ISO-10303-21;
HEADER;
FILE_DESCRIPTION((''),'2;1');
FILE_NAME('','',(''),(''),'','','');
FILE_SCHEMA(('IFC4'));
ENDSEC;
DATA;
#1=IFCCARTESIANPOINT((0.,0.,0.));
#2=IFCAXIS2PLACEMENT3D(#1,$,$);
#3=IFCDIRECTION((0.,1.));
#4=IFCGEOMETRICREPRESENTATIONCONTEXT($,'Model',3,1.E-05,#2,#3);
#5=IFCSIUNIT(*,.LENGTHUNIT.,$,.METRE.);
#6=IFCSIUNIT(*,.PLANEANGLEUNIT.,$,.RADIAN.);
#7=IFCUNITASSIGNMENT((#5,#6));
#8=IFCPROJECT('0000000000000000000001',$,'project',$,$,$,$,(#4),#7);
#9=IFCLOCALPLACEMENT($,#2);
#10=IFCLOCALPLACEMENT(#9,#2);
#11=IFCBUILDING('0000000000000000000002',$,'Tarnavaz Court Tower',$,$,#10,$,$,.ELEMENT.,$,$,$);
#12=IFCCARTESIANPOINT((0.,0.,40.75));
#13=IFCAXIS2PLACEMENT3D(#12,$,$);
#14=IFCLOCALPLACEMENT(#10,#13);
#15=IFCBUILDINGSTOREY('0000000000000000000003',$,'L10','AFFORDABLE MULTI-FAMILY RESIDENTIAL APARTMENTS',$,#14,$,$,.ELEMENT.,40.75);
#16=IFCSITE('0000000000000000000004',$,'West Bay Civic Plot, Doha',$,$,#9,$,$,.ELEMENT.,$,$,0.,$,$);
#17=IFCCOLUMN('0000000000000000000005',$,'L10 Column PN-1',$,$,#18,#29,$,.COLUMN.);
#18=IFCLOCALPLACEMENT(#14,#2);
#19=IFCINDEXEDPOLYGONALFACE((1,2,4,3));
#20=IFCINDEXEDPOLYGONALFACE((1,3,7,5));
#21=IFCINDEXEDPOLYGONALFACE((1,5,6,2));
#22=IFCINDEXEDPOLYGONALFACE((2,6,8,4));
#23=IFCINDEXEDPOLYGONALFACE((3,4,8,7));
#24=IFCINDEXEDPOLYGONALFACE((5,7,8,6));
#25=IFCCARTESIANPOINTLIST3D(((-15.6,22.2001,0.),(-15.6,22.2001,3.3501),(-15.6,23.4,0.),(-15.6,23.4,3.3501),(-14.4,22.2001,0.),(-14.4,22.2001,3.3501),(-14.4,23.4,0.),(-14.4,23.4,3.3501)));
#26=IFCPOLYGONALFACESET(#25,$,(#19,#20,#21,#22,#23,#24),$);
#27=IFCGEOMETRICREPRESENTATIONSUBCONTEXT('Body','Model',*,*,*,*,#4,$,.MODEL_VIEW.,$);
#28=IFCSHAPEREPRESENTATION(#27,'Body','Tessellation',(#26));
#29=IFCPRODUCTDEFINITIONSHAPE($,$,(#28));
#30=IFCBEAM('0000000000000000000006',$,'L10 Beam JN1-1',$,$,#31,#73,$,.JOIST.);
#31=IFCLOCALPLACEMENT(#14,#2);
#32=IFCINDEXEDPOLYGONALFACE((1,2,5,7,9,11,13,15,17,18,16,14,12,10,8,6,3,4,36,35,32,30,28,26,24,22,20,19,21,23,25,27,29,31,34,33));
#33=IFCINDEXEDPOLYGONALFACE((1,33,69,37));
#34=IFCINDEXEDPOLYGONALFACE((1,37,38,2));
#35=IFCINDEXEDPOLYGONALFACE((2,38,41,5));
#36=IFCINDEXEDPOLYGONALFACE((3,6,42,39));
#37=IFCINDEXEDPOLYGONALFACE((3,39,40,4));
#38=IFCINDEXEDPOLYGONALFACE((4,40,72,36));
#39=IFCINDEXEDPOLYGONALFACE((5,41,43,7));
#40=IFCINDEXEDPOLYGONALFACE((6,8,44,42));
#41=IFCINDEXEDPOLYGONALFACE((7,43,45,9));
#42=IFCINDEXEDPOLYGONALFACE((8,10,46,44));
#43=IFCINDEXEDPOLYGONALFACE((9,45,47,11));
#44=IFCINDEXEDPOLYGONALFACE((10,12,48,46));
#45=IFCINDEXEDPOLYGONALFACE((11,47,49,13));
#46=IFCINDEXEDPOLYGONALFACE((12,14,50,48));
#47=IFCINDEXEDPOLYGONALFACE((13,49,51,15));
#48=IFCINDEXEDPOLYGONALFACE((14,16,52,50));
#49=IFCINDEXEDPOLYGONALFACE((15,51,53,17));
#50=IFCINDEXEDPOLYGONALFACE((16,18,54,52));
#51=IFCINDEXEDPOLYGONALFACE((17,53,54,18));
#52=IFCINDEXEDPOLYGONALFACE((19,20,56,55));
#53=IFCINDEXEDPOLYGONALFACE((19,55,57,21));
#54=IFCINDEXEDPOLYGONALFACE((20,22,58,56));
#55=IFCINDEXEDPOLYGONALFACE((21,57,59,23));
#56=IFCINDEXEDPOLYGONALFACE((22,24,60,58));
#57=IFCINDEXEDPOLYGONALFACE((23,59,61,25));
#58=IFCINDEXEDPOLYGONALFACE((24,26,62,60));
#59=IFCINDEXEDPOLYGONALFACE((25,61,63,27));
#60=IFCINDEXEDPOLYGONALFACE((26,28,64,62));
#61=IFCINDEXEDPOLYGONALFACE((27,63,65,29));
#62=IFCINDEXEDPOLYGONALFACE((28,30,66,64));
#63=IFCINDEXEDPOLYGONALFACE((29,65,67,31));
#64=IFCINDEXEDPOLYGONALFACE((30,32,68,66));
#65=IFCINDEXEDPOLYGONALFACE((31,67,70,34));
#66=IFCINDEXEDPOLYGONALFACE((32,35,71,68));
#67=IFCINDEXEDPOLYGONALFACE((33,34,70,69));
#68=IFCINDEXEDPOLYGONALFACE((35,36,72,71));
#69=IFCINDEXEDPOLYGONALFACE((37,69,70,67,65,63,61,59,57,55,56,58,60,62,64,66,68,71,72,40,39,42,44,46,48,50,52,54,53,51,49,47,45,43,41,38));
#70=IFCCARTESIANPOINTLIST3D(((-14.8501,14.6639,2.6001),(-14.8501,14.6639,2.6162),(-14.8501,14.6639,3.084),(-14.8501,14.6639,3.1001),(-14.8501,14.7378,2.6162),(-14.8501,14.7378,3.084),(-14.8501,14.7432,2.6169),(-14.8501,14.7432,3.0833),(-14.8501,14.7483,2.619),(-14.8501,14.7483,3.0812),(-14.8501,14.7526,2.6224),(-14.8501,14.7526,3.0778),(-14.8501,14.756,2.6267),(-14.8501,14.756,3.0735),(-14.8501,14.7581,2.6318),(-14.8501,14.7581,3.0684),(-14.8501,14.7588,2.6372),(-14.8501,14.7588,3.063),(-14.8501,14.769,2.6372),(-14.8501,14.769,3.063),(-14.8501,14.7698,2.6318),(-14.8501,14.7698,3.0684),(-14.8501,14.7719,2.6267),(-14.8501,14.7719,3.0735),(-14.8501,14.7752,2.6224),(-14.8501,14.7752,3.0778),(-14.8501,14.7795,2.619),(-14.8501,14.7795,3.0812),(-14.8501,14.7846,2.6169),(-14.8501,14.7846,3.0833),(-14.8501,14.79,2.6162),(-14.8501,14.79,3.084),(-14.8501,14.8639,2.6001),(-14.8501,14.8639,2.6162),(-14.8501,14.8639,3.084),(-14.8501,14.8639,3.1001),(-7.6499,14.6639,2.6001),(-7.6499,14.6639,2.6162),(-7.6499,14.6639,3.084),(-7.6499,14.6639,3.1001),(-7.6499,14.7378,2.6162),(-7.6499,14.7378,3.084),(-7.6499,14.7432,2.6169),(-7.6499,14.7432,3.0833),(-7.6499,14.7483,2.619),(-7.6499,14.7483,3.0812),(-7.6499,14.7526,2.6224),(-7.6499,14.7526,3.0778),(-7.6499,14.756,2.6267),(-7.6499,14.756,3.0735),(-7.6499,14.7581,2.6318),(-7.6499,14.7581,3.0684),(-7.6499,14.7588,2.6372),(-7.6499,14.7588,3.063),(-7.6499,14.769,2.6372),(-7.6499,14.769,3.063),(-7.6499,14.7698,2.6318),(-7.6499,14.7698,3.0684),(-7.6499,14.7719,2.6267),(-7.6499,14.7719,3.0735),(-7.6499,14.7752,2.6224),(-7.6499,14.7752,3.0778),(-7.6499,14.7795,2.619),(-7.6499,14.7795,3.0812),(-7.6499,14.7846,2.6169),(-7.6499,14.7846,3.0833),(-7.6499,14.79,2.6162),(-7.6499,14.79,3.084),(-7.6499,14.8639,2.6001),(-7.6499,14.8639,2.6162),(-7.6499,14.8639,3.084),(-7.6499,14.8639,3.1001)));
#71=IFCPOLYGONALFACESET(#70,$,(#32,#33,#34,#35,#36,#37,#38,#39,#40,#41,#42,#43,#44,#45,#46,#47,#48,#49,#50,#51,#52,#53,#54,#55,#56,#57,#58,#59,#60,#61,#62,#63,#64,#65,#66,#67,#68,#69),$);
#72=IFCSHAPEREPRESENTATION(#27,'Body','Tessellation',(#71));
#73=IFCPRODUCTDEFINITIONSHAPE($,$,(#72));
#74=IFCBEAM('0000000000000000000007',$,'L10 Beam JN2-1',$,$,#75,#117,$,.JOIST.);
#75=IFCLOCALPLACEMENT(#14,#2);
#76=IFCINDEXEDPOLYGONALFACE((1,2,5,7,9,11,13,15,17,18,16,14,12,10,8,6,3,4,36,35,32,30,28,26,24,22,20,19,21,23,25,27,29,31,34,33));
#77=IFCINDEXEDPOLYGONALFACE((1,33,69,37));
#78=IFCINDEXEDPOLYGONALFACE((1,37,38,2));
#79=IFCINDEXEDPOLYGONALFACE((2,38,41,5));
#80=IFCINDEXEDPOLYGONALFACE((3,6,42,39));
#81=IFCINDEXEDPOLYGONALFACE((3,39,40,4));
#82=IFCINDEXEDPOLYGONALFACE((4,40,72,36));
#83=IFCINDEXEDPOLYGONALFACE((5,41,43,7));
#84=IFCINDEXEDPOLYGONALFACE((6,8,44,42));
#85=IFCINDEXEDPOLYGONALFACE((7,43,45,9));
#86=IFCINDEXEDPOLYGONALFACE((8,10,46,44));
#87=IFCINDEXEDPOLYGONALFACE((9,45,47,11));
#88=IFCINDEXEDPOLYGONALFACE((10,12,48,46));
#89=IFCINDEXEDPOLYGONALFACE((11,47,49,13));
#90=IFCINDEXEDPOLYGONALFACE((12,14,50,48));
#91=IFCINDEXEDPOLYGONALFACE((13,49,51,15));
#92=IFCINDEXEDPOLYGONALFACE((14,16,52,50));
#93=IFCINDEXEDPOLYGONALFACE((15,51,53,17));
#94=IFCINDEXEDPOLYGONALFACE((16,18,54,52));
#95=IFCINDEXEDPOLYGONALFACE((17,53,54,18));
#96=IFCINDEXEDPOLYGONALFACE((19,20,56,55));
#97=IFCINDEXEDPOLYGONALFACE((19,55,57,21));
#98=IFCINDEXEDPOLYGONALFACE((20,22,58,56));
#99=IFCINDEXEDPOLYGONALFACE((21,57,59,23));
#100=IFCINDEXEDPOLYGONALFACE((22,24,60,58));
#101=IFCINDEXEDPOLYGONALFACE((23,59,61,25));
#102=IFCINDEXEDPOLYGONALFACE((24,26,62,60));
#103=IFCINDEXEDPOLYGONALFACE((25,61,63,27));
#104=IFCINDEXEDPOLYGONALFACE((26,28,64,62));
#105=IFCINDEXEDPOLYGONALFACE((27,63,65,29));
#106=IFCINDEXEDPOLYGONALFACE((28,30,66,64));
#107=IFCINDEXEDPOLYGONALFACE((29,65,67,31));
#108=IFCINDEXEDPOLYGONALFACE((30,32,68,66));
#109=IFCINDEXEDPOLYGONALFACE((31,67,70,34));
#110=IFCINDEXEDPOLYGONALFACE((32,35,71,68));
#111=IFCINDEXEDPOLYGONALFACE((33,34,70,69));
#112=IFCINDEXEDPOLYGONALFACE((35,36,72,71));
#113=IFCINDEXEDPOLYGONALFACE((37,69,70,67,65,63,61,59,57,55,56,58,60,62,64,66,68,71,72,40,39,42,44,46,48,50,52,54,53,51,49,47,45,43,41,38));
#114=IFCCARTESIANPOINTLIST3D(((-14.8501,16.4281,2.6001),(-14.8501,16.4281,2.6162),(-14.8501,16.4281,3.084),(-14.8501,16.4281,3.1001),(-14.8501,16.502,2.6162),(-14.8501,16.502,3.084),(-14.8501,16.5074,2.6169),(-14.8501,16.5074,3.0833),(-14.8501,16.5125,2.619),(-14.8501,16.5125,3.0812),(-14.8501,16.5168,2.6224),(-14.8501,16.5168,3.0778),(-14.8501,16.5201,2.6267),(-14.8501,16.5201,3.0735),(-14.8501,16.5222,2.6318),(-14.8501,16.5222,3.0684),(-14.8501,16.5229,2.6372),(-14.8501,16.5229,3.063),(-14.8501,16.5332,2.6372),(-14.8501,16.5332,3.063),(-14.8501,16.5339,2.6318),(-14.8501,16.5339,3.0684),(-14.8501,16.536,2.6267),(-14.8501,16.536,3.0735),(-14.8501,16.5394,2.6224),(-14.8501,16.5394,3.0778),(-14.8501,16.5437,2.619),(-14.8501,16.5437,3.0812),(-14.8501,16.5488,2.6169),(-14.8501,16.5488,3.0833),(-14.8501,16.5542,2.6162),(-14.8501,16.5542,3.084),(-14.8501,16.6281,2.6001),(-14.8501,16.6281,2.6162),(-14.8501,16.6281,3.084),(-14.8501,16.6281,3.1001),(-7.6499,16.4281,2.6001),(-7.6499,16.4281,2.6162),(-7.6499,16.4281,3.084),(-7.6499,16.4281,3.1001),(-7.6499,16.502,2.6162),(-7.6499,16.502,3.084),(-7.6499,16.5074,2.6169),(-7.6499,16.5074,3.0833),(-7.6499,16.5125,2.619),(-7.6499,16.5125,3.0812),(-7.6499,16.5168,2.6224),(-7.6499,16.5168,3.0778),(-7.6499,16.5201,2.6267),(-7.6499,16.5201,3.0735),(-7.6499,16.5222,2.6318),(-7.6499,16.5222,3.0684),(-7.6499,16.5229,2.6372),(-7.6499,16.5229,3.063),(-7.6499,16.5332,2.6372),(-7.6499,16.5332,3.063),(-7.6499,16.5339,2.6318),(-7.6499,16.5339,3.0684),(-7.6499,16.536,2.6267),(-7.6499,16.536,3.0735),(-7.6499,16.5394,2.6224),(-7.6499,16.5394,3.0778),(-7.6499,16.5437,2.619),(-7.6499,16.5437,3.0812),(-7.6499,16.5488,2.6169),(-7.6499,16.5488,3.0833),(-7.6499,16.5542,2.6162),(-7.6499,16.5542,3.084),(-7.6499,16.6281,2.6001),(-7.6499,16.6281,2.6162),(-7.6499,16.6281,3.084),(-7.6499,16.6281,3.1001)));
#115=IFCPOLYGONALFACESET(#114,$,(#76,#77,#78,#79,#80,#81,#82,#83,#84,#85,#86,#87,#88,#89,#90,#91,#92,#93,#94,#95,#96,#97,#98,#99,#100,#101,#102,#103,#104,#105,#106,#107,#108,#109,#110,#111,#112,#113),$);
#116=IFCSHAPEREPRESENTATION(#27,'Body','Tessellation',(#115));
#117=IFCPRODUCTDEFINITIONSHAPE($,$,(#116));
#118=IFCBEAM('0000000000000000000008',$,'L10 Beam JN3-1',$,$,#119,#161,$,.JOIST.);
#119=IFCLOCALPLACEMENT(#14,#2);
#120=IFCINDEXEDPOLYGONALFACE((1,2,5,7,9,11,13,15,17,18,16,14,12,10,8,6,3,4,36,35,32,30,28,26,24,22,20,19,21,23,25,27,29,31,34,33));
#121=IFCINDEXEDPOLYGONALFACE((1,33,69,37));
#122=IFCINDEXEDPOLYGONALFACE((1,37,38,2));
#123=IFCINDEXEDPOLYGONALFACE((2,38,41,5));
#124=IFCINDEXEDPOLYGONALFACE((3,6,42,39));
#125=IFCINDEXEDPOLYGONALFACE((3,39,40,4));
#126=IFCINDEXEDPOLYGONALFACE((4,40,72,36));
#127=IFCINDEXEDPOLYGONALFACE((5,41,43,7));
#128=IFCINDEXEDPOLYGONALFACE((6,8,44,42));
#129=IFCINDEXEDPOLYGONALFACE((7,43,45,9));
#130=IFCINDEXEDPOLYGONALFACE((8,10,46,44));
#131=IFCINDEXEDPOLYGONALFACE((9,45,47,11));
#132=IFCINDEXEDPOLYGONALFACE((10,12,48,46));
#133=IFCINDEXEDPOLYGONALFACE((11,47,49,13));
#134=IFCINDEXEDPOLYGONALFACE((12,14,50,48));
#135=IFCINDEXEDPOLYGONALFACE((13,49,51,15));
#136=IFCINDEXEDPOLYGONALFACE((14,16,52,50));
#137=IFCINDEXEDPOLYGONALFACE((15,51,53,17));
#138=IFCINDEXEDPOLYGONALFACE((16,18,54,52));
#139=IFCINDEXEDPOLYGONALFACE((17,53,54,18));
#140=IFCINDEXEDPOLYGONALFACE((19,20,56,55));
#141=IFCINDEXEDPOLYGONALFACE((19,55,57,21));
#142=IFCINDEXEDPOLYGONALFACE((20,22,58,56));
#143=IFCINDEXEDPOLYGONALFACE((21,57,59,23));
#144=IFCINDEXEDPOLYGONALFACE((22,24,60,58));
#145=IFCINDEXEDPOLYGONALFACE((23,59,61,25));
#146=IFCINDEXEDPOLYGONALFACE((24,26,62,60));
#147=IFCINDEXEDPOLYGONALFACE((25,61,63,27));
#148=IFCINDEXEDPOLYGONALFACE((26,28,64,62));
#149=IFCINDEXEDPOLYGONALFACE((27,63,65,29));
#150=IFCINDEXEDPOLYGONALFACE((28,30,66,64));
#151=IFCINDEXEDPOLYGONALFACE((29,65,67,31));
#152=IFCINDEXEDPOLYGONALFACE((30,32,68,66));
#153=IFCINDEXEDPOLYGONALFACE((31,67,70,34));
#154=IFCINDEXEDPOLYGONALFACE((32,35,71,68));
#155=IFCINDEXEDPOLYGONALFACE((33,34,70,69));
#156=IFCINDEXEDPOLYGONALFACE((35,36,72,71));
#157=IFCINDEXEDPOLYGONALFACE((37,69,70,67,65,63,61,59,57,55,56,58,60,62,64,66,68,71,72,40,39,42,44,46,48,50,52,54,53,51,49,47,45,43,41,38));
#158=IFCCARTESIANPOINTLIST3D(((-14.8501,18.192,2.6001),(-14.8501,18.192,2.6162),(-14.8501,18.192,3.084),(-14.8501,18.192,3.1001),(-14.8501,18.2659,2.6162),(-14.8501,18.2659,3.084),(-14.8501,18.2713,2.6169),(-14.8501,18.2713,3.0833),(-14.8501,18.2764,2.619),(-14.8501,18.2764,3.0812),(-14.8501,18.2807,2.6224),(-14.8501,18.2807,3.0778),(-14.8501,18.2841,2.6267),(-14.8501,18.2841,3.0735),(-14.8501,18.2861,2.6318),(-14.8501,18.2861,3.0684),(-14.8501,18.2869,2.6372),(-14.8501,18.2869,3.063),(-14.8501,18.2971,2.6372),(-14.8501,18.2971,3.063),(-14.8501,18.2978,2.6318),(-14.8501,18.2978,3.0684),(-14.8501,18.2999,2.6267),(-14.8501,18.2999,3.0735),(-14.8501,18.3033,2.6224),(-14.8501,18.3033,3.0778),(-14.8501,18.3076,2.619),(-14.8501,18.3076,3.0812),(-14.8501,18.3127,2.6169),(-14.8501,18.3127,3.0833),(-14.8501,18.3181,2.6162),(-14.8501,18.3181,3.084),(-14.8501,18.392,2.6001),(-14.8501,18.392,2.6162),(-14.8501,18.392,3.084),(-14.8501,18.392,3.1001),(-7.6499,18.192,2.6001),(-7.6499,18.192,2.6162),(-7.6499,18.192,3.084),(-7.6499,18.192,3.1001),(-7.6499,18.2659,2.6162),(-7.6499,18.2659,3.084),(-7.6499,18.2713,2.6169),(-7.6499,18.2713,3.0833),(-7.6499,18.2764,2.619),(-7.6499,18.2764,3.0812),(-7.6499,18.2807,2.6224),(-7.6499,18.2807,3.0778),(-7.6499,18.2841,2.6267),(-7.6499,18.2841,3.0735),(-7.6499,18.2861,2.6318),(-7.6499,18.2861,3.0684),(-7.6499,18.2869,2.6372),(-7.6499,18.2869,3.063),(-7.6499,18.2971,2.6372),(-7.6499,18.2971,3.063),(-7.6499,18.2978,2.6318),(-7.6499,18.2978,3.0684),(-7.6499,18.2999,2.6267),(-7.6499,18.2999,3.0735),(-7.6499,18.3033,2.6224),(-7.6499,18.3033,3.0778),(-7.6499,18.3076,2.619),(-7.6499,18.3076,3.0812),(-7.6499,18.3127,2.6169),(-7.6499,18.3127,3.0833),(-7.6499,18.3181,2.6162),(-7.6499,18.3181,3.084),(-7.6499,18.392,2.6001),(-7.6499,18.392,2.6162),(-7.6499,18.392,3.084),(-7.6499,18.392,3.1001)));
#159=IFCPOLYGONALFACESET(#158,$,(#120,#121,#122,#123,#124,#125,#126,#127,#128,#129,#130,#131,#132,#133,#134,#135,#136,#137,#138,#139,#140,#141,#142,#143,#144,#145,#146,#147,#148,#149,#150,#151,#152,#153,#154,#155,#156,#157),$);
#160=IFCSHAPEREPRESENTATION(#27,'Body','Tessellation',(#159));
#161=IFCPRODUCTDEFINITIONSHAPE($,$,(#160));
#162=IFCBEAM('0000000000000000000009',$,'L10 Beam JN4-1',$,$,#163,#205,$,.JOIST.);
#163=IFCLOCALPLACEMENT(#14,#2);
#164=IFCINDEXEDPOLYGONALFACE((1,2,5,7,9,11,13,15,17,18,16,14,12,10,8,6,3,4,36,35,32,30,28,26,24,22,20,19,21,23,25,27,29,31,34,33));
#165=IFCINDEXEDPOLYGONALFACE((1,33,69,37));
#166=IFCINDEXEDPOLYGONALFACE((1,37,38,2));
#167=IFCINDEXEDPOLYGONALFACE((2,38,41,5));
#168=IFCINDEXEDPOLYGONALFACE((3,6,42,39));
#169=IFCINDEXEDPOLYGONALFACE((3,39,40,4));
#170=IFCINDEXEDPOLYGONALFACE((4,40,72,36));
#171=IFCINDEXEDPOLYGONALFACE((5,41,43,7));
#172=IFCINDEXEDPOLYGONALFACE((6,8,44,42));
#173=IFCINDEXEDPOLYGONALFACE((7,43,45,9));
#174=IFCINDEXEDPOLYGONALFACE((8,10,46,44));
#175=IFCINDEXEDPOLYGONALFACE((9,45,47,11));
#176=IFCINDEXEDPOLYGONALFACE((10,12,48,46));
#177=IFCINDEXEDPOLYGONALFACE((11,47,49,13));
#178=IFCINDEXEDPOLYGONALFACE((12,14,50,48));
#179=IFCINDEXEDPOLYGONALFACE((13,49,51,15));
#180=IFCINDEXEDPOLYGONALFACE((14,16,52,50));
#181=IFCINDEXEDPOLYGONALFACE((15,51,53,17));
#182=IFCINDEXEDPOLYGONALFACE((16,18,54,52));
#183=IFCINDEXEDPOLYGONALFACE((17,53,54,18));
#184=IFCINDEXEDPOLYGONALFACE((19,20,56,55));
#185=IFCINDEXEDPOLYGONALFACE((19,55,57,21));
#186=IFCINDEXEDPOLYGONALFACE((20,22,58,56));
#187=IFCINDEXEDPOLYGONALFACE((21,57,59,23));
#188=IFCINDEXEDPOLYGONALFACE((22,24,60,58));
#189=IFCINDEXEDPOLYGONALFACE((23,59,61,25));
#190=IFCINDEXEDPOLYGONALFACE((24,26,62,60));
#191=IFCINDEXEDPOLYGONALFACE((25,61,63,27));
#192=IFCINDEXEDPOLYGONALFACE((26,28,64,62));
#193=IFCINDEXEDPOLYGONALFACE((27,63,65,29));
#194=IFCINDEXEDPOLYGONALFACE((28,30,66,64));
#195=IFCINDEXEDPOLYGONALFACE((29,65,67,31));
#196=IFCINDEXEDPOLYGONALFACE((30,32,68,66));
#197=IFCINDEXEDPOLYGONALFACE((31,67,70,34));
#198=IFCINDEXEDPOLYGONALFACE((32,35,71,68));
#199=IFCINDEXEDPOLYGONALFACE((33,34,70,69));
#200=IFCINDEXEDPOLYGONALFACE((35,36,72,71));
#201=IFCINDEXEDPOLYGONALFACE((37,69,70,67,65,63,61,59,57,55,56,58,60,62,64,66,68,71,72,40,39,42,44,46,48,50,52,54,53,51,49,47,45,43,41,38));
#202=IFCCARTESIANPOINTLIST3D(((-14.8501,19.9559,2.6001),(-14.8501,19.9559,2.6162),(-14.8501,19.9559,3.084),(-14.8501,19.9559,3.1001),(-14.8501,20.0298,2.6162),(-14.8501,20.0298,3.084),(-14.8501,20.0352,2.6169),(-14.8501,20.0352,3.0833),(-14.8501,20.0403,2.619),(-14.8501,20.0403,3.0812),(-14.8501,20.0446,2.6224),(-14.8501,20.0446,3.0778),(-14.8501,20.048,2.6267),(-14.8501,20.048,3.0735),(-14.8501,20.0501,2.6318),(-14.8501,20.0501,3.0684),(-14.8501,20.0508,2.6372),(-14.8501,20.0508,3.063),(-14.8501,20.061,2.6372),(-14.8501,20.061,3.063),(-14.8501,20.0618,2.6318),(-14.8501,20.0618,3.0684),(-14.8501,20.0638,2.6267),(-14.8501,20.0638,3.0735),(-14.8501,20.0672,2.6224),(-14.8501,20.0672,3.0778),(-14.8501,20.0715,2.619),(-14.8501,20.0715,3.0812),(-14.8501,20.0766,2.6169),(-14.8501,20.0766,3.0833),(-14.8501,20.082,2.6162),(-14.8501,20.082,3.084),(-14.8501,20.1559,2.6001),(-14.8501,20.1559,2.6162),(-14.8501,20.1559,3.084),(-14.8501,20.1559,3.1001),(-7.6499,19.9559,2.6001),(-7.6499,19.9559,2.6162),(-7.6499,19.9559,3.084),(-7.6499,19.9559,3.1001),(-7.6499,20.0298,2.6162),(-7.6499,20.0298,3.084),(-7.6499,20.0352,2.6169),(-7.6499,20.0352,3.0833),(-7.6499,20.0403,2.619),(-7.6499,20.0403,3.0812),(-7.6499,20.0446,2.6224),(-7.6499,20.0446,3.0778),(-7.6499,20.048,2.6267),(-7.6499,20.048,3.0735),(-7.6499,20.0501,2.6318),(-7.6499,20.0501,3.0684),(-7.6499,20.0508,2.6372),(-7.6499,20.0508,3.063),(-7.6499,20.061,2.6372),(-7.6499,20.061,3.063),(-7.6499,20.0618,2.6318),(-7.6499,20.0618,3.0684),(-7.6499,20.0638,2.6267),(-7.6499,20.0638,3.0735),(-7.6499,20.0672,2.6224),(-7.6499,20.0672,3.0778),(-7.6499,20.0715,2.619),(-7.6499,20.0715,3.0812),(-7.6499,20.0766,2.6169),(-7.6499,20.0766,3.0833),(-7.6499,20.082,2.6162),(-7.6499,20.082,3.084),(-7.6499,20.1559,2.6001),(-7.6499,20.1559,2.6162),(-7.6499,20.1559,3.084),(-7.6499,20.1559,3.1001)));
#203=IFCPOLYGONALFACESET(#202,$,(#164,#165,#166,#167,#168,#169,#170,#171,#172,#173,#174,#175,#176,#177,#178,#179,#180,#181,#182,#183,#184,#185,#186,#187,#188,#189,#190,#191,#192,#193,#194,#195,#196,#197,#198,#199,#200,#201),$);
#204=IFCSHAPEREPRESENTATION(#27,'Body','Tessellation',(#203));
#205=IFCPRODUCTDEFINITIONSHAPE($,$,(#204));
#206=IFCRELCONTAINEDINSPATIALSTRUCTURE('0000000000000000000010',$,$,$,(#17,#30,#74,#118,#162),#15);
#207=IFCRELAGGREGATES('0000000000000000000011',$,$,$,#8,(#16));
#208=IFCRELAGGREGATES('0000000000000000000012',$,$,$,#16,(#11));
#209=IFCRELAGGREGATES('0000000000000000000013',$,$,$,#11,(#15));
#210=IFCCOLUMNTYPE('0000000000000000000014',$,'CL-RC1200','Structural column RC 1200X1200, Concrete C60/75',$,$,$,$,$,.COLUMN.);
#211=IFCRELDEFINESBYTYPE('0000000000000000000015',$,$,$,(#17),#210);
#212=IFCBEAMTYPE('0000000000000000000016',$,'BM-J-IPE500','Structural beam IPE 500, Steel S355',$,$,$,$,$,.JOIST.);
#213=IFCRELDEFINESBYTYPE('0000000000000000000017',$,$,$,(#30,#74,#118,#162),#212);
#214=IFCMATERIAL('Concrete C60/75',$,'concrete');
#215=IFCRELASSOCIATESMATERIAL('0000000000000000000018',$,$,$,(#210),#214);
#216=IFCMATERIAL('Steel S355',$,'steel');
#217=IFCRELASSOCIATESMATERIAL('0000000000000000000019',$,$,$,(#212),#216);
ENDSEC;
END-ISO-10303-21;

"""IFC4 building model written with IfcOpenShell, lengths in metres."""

from ifc_helpers import new_model, si_unit, direction, frame, origin, origin_2d, place, context, subcontext, project, spatial, rectangle, i_section, extrude, material, material_profile, profile_set, type_object, element, save


model = new_model("IFC4")

# Units and contexts
model_context = context("Model", 3, precision=1e-05, world=origin(), true_north=direction((0.0, 1.0)))
body_context = subcontext(model_context, "Body", "Model", "MODEL_VIEW")
ifc_project = project(units=[si_unit("LENGTHUNIT", "METRE"), si_unit("PLANEANGLEUNIT", "RADIAN")], contexts=[model_context])

# Site, building, storey
site_placement = place(None, origin())
site = spatial("IfcSite", under=ifc_project, at=site_placement, Name="West Bay Civic Plot, Doha", CompositionType="ELEMENT", RefElevation=0.0)
building_placement = place(site_placement, origin())
building = spatial("IfcBuilding", under=site, at=building_placement, Name="Tarnavaz Court Tower", CompositionType="ELEMENT")
storey_placement = place(building_placement, frame((0.0, 0.0, 40.75)))
storey = spatial("IfcBuildingStorey", under=building, at=storey_placement, Name="L10", Description="AFFORDABLE MULTI-FAMILY RESIDENTIAL APARTMENTS", CompositionType="ELEMENT", Elevation=40.75)

# Column
ifc_material_1 = material(Name="Concrete C60/75", Category="concrete")
ifc_material_profile_1 = material_profile(ifc_material_1, rectangle(XDim=1.2, YDim=1.2, at=origin_2d()), Name="RC 1200X1200")
ifc_profile_set_1 = profile_set([ifc_material_profile_1], Name="Concrete C60/75")
column_type = type_object("IfcColumnType", Name="CL-RC1200", Description="Structural column RC 1200X1200, Concrete C60/75", PredefinedType="COLUMN", material=ifc_profile_set_1)
column_placement = place(storey_placement, frame((-15.0, 22.8, 0.0), z_axis=(0.0, 0.0, 1.0), x_axis=(1.0, 0.0, 0.0)))
element("IfcColumn", 1, at=column_placement, inside=storey, type_object=column_type, Name="L10 Column PN-1", PredefinedType="COLUMN", context=body_context, shape_type="SweptSolid", body=[
    extrude(rectangle(XDim=1.2, YDim=1.2, at=origin_2d()), origin(), (0.0, 0.0, 1.0), 3.3501),
])

# Beams
ifc_material_2 = material(Name="Steel S355", Category="steel")
ifc_material_profile_2 = material_profile(ifc_material_2, i_section(OverallWidth=0.2, OverallDepth=0.5, WebThickness=0.0103, FlangeThickness=0.0161, FilletRadius=0.021, at=origin_2d()), Name="IPE 500")
ifc_profile_set_2 = profile_set([ifc_material_profile_2], Name="Steel S355")
beam_type_1 = type_object("IfcBeamType", Name="BM-J-IPE500", Description="Structural beam IPE 500, Steel S355", PredefinedType="JOIST", material=ifc_profile_set_2)
for number, where, z_axis, x_axis, name in (
    (2, (-14.8501, 14.7639, 2.8501), (1.0, 0.0, 0.0), (0.0, 1.0, 0.0), "L10 Beam JN1-1"),
    (3, (-14.8501, 16.5281, 2.8501), (1.0, 0.0, 0.0), (0.0, 1.0, 0.0), "L10 Beam JN2-1"),
    (4, (-14.8501, 18.292, 2.8501), (1.0, 0.0, 0.0), (0.0, 1.0, 0.0), "L10 Beam JN3-1"),
    (5, (-14.8501, 20.0559, 2.8501), (1.0, 0.0, 0.0), (0.0, 1.0, 0.0), "L10 Beam JN4-1"),
):
    element("IfcBeam", number, at=place(storey_placement, frame(where, z_axis=z_axis, x_axis=x_axis)), inside=storey, type_object=beam_type_1, Name=name, PredefinedType="JOIST", context=body_context, shape_type="SweptSolid", body=[
        extrude(i_section(OverallWidth=0.2, OverallDepth=0.5, WebThickness=0.0103, FlangeThickness=0.0161, FilletRadius=0.021, at=origin_2d()), origin(), (0.0, 0.0, 1.0), 7.2002),
    ])

save(model, "model.ifc")
